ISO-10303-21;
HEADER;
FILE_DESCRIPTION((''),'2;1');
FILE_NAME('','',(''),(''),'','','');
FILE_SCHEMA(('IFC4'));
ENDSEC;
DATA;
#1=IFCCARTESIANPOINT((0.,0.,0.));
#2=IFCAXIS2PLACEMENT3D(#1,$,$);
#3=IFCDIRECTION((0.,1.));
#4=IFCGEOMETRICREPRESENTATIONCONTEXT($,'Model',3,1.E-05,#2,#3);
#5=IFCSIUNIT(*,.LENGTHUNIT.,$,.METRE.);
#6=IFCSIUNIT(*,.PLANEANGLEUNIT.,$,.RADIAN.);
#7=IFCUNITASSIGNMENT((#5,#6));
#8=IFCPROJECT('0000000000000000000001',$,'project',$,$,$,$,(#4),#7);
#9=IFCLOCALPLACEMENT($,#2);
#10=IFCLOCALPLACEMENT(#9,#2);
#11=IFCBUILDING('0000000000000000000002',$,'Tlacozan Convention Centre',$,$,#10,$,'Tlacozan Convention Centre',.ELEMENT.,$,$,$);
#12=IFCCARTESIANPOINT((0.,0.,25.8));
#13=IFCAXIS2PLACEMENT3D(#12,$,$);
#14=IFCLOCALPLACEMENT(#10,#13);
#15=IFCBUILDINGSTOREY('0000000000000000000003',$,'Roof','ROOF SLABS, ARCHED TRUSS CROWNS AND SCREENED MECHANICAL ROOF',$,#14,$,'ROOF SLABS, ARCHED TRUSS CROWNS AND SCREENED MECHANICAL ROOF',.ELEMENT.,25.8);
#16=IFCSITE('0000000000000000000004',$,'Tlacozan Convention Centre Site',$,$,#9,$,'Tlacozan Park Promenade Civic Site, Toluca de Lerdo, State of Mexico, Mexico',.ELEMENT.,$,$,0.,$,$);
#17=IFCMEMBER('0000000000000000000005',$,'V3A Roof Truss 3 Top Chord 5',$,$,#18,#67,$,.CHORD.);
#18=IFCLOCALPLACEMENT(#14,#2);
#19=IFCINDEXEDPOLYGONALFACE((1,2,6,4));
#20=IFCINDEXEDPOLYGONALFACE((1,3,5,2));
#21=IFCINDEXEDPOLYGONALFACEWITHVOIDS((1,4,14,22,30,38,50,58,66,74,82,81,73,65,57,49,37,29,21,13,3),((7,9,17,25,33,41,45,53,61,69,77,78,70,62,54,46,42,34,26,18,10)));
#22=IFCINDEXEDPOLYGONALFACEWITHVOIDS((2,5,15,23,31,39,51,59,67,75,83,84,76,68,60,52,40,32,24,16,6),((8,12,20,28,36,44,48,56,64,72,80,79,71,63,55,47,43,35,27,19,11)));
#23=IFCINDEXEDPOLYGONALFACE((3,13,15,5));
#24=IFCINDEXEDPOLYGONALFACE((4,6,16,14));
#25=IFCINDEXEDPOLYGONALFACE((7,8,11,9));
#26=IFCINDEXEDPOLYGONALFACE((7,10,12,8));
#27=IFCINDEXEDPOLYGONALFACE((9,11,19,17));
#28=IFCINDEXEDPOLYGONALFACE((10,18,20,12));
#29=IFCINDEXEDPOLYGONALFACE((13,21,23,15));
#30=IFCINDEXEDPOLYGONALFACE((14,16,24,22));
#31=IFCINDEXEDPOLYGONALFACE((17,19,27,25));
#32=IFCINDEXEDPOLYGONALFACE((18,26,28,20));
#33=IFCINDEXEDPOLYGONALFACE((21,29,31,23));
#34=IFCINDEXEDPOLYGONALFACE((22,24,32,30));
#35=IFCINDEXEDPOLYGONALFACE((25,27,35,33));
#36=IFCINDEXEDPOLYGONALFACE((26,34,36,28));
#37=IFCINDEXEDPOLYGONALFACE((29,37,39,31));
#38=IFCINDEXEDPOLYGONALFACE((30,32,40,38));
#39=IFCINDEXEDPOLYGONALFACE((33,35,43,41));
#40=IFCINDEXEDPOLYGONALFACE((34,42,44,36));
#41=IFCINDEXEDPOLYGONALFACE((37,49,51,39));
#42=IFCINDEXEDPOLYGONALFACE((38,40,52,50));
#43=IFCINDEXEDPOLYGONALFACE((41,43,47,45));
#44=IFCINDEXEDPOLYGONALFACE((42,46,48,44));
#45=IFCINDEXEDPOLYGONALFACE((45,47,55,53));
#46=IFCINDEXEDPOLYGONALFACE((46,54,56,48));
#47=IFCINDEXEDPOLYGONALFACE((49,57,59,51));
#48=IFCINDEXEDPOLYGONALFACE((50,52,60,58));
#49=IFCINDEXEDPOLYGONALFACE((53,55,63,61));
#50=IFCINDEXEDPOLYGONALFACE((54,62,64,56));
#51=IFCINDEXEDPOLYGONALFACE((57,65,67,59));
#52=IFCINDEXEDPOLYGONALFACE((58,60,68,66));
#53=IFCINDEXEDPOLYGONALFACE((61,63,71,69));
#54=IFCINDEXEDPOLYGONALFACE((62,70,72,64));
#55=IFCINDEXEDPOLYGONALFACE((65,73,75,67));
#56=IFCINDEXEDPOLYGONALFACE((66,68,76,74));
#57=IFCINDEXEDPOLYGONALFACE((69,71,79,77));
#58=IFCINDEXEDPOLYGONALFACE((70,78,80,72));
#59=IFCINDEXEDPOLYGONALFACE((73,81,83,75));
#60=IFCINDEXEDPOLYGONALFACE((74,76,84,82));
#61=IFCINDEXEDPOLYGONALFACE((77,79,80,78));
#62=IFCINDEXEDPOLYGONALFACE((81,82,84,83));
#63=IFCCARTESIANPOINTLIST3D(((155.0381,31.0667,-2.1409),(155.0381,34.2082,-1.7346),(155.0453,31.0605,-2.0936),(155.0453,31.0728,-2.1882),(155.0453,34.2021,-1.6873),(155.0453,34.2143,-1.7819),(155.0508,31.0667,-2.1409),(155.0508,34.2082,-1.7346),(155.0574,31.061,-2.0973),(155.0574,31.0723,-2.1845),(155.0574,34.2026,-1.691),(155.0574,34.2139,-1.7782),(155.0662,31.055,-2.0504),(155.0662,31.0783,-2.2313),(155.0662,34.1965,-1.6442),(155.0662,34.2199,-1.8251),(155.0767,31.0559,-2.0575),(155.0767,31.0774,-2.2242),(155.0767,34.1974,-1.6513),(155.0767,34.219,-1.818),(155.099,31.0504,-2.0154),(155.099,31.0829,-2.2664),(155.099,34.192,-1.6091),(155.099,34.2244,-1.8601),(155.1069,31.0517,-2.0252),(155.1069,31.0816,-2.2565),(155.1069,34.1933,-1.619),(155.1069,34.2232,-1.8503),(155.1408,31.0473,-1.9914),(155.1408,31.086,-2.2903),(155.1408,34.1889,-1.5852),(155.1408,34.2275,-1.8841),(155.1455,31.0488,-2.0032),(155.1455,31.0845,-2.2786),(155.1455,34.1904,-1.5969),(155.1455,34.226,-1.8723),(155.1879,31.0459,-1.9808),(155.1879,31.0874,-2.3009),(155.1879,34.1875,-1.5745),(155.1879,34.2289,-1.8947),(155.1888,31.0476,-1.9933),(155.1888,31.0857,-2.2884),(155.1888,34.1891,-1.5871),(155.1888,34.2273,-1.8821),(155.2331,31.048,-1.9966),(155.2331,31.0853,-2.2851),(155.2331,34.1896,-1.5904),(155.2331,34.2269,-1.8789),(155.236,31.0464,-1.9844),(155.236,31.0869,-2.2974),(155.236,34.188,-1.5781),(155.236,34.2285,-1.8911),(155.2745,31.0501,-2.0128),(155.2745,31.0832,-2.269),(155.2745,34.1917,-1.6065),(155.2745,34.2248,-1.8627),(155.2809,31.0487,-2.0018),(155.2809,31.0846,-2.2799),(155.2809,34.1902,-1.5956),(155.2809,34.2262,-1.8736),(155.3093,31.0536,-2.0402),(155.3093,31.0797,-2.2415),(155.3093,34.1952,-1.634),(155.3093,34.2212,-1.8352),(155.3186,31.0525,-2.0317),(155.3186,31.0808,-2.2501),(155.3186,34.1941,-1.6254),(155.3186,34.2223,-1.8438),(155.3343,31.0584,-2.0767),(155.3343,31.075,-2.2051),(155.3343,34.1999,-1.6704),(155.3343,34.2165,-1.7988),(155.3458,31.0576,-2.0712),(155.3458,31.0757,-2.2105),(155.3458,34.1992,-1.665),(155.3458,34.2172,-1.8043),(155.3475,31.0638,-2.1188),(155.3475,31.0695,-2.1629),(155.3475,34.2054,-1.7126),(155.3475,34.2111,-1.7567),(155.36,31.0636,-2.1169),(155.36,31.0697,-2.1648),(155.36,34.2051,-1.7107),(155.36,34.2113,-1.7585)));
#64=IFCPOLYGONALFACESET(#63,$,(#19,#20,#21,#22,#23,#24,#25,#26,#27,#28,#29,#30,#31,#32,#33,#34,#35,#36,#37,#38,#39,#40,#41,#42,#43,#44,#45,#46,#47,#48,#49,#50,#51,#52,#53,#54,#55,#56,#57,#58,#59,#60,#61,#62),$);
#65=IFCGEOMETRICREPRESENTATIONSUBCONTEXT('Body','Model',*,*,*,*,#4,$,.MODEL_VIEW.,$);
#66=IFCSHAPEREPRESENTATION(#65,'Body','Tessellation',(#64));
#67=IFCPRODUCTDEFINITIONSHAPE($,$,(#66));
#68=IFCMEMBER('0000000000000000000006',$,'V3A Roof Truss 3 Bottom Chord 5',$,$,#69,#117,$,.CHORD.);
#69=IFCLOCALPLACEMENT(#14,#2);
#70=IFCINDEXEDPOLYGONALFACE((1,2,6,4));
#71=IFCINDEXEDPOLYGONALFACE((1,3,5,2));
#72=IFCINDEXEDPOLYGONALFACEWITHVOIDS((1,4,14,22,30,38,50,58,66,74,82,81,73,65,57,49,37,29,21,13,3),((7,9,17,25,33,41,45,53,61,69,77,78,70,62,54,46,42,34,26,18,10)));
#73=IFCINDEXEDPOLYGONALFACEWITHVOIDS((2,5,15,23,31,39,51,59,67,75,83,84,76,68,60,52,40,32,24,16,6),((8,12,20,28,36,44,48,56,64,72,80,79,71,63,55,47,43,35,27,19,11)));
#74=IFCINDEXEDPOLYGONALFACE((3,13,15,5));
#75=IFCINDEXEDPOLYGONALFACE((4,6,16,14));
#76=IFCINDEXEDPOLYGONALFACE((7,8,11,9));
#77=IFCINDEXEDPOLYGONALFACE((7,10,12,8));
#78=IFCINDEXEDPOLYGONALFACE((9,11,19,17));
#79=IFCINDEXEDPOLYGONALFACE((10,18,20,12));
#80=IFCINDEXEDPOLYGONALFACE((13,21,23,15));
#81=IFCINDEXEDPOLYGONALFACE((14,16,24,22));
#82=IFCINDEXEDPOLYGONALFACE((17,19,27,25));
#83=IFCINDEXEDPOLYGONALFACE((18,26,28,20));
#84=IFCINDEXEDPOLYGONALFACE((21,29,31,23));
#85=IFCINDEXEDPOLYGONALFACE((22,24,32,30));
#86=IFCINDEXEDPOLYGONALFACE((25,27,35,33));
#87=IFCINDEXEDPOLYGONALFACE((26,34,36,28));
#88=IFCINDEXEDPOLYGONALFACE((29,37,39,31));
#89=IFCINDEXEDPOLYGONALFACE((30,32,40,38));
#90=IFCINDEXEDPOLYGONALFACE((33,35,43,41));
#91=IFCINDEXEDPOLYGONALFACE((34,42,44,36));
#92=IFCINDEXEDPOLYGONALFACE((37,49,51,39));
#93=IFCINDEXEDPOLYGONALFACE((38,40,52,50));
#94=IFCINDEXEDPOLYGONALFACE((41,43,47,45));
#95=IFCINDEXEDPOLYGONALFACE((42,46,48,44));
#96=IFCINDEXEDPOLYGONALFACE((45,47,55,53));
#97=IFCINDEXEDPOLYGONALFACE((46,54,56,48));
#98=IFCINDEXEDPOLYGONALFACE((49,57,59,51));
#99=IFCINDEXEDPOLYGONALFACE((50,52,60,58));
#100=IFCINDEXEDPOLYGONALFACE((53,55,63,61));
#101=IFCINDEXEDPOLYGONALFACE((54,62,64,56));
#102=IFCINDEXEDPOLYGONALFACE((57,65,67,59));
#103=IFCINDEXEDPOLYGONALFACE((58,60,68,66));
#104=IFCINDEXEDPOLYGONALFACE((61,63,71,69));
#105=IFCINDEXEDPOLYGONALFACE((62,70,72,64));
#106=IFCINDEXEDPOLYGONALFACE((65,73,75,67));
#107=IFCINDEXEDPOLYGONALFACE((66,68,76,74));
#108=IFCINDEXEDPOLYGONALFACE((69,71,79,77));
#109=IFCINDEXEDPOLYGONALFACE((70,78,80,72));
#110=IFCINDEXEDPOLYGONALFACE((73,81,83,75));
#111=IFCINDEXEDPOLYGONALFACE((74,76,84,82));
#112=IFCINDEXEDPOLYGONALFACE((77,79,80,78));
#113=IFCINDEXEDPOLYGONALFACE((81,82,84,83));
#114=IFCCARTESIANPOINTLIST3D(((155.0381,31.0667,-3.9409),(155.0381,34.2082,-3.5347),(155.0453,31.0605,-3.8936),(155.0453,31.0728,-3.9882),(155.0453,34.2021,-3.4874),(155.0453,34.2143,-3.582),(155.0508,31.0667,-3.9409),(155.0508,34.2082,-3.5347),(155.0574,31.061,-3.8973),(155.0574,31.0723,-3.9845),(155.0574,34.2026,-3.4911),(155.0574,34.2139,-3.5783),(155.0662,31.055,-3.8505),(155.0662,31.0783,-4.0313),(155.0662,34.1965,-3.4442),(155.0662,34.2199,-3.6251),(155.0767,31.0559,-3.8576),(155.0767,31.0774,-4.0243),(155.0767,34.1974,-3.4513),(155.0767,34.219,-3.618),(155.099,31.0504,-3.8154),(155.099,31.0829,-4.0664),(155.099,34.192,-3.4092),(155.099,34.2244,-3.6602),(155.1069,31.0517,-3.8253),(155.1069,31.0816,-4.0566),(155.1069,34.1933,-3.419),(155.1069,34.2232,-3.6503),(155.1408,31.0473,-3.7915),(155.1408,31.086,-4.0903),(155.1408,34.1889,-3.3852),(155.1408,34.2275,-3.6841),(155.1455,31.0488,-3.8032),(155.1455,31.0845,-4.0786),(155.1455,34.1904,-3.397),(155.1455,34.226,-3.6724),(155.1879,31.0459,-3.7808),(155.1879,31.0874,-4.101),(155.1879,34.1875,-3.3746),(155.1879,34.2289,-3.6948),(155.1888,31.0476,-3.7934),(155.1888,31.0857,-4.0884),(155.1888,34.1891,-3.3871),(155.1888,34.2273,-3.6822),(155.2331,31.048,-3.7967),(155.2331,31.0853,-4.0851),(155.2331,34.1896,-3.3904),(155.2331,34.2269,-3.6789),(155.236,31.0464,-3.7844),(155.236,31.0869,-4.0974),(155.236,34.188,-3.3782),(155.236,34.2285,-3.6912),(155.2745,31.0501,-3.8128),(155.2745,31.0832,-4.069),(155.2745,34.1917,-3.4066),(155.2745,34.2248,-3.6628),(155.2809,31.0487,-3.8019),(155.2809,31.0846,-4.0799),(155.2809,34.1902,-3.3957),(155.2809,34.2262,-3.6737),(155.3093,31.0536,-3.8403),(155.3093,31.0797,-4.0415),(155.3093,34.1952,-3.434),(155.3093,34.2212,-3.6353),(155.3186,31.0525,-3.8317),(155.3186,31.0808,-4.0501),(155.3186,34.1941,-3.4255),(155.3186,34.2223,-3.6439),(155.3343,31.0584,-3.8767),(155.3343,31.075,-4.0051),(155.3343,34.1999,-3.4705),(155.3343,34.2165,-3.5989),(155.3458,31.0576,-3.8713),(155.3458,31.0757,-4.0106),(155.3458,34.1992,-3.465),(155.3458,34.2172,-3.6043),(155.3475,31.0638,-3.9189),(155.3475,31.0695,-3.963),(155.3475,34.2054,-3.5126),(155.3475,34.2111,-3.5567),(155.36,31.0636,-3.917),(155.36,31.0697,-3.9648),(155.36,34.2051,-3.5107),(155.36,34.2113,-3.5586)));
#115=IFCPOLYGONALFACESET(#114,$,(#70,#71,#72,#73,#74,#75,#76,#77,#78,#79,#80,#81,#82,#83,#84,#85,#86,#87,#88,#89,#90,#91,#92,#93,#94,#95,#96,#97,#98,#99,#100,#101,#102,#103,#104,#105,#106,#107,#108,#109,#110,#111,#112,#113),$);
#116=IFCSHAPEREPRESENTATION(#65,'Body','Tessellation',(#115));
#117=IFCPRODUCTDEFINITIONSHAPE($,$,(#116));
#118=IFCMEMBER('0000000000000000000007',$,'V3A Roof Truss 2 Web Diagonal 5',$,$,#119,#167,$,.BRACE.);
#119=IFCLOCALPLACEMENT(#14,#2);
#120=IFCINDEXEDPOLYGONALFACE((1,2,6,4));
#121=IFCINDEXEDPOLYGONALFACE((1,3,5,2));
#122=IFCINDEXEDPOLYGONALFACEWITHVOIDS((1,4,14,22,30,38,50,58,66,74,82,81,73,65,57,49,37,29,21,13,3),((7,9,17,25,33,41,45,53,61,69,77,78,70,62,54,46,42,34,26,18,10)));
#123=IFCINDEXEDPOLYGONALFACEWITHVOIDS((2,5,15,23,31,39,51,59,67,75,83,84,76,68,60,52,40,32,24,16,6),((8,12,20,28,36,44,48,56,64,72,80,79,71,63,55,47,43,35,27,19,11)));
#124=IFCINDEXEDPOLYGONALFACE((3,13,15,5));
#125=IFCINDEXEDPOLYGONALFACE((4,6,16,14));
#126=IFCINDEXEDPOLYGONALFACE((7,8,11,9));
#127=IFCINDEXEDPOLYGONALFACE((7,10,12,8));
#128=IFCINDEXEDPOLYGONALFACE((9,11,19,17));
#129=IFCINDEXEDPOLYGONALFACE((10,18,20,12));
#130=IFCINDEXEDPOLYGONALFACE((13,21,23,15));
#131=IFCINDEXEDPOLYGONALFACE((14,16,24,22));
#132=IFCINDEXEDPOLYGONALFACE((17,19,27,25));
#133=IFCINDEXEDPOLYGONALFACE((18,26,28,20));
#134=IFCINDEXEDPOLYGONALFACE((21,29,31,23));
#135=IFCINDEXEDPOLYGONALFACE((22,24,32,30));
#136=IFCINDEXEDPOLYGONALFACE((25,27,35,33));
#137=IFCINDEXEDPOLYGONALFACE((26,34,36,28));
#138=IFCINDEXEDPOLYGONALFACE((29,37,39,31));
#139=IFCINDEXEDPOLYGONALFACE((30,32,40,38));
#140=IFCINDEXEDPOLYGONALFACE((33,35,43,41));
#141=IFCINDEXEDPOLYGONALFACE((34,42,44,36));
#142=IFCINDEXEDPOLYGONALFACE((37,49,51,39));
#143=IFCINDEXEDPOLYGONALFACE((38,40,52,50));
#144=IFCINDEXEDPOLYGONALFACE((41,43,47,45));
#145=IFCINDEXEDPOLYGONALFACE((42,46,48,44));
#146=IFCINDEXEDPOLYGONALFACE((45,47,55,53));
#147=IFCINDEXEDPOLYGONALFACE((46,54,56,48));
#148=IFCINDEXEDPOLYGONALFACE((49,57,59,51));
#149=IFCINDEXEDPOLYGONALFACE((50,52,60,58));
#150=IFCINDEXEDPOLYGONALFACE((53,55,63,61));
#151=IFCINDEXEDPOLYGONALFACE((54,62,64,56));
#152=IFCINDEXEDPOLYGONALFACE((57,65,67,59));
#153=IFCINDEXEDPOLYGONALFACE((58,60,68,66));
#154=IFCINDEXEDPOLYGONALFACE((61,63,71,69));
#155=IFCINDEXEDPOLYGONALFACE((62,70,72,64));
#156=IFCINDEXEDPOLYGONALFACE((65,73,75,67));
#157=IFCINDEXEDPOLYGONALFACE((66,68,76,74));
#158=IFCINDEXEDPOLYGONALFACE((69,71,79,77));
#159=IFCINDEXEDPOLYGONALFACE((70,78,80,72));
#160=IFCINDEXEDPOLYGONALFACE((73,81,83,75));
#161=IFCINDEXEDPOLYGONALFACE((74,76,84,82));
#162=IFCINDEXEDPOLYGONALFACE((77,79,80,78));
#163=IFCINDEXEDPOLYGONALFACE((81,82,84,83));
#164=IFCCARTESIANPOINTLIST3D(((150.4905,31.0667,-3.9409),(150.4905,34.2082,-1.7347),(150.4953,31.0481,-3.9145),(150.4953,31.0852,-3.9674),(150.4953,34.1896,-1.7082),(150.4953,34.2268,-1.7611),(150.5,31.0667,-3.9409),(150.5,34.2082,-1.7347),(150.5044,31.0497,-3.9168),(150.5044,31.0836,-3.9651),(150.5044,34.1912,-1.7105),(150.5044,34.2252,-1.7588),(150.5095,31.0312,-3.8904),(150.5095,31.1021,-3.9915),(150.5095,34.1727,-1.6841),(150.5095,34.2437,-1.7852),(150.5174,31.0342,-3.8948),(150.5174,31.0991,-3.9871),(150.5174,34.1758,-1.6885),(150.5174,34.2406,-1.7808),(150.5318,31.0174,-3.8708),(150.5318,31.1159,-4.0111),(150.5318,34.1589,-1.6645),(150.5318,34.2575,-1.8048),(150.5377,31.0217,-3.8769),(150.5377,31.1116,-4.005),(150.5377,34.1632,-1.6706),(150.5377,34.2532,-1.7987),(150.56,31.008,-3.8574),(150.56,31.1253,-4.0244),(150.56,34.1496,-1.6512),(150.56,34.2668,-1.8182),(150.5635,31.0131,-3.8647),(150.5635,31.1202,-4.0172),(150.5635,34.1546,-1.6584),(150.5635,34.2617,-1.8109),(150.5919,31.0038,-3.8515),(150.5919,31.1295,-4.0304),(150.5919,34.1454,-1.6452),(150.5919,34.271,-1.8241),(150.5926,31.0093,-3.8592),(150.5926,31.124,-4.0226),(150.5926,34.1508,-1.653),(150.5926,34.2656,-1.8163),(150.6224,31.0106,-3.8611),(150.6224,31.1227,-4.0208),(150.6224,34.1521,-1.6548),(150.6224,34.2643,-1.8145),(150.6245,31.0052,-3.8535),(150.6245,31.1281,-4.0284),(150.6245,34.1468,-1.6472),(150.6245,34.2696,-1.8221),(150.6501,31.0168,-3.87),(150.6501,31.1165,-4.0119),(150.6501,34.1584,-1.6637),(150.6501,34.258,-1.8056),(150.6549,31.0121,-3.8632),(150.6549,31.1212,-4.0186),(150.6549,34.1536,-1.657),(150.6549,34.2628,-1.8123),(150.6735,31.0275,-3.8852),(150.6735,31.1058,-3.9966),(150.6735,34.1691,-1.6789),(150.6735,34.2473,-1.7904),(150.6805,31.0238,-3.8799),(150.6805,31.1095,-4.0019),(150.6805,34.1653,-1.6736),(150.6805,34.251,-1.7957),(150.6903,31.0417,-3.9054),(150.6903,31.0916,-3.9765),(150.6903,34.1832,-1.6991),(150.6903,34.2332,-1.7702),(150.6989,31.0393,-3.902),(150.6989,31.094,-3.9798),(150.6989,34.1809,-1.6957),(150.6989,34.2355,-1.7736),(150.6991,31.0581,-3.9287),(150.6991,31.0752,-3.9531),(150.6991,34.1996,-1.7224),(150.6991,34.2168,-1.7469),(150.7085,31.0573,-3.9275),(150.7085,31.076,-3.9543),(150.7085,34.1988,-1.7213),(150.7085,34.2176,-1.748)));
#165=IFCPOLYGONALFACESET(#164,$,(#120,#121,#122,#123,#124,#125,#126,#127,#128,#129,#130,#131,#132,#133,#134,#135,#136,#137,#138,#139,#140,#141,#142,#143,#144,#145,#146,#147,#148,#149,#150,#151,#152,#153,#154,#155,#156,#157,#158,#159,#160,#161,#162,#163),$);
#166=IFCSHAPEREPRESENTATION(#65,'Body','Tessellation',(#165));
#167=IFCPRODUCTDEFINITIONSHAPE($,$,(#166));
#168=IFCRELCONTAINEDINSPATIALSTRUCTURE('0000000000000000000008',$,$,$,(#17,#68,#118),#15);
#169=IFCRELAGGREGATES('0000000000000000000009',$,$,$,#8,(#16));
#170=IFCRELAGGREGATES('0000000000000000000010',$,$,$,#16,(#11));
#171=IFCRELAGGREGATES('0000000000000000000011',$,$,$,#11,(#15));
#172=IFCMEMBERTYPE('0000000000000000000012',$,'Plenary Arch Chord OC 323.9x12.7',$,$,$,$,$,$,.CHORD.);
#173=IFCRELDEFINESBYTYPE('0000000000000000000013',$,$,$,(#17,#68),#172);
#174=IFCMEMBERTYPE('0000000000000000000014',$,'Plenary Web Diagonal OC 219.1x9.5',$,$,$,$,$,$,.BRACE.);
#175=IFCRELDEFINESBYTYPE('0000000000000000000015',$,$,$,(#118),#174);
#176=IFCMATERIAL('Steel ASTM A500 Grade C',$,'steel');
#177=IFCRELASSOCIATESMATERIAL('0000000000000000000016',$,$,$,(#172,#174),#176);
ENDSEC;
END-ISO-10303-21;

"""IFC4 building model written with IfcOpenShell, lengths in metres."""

from ifc_helpers import new_model, si_unit, direction, frame, origin, origin_2d, place, context, subcontext, project, spatial, hollow_circle, extrude, material, material_profile, profile_set, type_object, element, save


model = new_model("IFC4")

# Units and contexts
model_context = context("Model", 3, precision=1e-05, world=origin(), true_north=direction((0.0, 1.0)))
body_context = subcontext(model_context, "Body", "Model", "MODEL_VIEW")
ifc_project = project(units=[si_unit("LENGTHUNIT", "METRE"), si_unit("PLANEANGLEUNIT", "RADIAN")], contexts=[model_context])

# Site, building, storey
site_placement = place(None, origin())
site = spatial("IfcSite", under=ifc_project, at=site_placement, Name="Tlacozan Convention Centre Site", LongName="Tlacozan Park Promenade Civic Site, Toluca de Lerdo, State of Mexico, Mexico", CompositionType="ELEMENT", RefElevation=0.0)
building_placement = place(site_placement, origin())
building = spatial("IfcBuilding", under=site, at=building_placement, Name="Tlacozan Convention Centre", LongName="Tlacozan Convention Centre", CompositionType="ELEMENT")
storey_placement = place(building_placement, frame((0.0, 0.0, 25.8)))
storey = spatial("IfcBuildingStorey", under=building, at=storey_placement, Name="Roof", Description="ROOF SLABS, ARCHED TRUSS CROWNS AND SCREENED MECHANICAL ROOF", LongName="ROOF SLABS, ARCHED TRUSS CROWNS AND SCREENED MECHANICAL ROOF", CompositionType="ELEMENT", Elevation=25.8)

# Members
ifc_material_1 = material(Name="Steel ASTM A500 Grade C", Category="steel")
ifc_material_profile_1 = material_profile(ifc_material_1, hollow_circle(Radius=0.1619, WallThickness=0.0127, at=origin_2d()), Name="OC 323.9x12.7")
ifc_profile_set_1 = profile_set([ifc_material_profile_1], Name="Steel ASTM A500 Grade C")
member_type_1 = type_object("IfcMemberType", Name="Plenary Arch Chord OC 323.9x12.7", PredefinedType="CHORD", material=ifc_profile_set_1)
for number, where, z_axis, x_axis, name in (
    (1, (155.2, 31.0667, -2.1409), (0.0, 0.991742, 0.128245), (-1.0, 0.0, 0.0), "V3A Roof Truss 3 Top Chord 5"),
    (2, (155.2, 31.0667, -3.9409), (0.0, 0.991742, 0.128245), (-1.0, 0.0, 0.0), "V3A Roof Truss 3 Bottom Chord 5"),
):
    element("IfcMember", number, at=place(storey_placement, frame(where, z_axis=z_axis, x_axis=x_axis)), inside=storey, type_object=member_type_1, Name=name, PredefinedType="CHORD", context=body_context, shape_type="SweptSolid", body=[
        extrude(hollow_circle(Radius=0.1619, WallThickness=0.0127, at=origin_2d()), origin(), (0.0, 0.0, 1.0), 3.1677),
    ])
ifc_material_profile_2 = material_profile(ifc_material_1, hollow_circle(Radius=0.1096, WallThickness=0.0095, at=origin_2d()), Name="OC 219.1x9.5")
ifc_profile_set_2 = profile_set([ifc_material_profile_2], Name="Steel ASTM A500 Grade C")
member_type_2 = type_object("IfcMemberType", Name="Plenary Web Diagonal OC 219.1x9.5", PredefinedType="BRACE", material=ifc_profile_set_2)
member_1_placement = place(storey_placement, frame((150.6001, 31.0667, -3.9409), z_axis=(0.0, 0.818353, 0.574717), x_axis=(-1.0, 0.0, 0.0)))
element("IfcMember", 3, at=member_1_placement, inside=storey, type_object=member_type_2, Name="V3A Roof Truss 2 Web Diagonal 5", PredefinedType="BRACE", context=body_context, shape_type="SweptSolid", body=[
    extrude(hollow_circle(Radius=0.1096, WallThickness=0.0095, at=origin_2d()), origin(), (0.0, 0.0, 1.0), 3.8389),
])

save(model, "model.ifc")
